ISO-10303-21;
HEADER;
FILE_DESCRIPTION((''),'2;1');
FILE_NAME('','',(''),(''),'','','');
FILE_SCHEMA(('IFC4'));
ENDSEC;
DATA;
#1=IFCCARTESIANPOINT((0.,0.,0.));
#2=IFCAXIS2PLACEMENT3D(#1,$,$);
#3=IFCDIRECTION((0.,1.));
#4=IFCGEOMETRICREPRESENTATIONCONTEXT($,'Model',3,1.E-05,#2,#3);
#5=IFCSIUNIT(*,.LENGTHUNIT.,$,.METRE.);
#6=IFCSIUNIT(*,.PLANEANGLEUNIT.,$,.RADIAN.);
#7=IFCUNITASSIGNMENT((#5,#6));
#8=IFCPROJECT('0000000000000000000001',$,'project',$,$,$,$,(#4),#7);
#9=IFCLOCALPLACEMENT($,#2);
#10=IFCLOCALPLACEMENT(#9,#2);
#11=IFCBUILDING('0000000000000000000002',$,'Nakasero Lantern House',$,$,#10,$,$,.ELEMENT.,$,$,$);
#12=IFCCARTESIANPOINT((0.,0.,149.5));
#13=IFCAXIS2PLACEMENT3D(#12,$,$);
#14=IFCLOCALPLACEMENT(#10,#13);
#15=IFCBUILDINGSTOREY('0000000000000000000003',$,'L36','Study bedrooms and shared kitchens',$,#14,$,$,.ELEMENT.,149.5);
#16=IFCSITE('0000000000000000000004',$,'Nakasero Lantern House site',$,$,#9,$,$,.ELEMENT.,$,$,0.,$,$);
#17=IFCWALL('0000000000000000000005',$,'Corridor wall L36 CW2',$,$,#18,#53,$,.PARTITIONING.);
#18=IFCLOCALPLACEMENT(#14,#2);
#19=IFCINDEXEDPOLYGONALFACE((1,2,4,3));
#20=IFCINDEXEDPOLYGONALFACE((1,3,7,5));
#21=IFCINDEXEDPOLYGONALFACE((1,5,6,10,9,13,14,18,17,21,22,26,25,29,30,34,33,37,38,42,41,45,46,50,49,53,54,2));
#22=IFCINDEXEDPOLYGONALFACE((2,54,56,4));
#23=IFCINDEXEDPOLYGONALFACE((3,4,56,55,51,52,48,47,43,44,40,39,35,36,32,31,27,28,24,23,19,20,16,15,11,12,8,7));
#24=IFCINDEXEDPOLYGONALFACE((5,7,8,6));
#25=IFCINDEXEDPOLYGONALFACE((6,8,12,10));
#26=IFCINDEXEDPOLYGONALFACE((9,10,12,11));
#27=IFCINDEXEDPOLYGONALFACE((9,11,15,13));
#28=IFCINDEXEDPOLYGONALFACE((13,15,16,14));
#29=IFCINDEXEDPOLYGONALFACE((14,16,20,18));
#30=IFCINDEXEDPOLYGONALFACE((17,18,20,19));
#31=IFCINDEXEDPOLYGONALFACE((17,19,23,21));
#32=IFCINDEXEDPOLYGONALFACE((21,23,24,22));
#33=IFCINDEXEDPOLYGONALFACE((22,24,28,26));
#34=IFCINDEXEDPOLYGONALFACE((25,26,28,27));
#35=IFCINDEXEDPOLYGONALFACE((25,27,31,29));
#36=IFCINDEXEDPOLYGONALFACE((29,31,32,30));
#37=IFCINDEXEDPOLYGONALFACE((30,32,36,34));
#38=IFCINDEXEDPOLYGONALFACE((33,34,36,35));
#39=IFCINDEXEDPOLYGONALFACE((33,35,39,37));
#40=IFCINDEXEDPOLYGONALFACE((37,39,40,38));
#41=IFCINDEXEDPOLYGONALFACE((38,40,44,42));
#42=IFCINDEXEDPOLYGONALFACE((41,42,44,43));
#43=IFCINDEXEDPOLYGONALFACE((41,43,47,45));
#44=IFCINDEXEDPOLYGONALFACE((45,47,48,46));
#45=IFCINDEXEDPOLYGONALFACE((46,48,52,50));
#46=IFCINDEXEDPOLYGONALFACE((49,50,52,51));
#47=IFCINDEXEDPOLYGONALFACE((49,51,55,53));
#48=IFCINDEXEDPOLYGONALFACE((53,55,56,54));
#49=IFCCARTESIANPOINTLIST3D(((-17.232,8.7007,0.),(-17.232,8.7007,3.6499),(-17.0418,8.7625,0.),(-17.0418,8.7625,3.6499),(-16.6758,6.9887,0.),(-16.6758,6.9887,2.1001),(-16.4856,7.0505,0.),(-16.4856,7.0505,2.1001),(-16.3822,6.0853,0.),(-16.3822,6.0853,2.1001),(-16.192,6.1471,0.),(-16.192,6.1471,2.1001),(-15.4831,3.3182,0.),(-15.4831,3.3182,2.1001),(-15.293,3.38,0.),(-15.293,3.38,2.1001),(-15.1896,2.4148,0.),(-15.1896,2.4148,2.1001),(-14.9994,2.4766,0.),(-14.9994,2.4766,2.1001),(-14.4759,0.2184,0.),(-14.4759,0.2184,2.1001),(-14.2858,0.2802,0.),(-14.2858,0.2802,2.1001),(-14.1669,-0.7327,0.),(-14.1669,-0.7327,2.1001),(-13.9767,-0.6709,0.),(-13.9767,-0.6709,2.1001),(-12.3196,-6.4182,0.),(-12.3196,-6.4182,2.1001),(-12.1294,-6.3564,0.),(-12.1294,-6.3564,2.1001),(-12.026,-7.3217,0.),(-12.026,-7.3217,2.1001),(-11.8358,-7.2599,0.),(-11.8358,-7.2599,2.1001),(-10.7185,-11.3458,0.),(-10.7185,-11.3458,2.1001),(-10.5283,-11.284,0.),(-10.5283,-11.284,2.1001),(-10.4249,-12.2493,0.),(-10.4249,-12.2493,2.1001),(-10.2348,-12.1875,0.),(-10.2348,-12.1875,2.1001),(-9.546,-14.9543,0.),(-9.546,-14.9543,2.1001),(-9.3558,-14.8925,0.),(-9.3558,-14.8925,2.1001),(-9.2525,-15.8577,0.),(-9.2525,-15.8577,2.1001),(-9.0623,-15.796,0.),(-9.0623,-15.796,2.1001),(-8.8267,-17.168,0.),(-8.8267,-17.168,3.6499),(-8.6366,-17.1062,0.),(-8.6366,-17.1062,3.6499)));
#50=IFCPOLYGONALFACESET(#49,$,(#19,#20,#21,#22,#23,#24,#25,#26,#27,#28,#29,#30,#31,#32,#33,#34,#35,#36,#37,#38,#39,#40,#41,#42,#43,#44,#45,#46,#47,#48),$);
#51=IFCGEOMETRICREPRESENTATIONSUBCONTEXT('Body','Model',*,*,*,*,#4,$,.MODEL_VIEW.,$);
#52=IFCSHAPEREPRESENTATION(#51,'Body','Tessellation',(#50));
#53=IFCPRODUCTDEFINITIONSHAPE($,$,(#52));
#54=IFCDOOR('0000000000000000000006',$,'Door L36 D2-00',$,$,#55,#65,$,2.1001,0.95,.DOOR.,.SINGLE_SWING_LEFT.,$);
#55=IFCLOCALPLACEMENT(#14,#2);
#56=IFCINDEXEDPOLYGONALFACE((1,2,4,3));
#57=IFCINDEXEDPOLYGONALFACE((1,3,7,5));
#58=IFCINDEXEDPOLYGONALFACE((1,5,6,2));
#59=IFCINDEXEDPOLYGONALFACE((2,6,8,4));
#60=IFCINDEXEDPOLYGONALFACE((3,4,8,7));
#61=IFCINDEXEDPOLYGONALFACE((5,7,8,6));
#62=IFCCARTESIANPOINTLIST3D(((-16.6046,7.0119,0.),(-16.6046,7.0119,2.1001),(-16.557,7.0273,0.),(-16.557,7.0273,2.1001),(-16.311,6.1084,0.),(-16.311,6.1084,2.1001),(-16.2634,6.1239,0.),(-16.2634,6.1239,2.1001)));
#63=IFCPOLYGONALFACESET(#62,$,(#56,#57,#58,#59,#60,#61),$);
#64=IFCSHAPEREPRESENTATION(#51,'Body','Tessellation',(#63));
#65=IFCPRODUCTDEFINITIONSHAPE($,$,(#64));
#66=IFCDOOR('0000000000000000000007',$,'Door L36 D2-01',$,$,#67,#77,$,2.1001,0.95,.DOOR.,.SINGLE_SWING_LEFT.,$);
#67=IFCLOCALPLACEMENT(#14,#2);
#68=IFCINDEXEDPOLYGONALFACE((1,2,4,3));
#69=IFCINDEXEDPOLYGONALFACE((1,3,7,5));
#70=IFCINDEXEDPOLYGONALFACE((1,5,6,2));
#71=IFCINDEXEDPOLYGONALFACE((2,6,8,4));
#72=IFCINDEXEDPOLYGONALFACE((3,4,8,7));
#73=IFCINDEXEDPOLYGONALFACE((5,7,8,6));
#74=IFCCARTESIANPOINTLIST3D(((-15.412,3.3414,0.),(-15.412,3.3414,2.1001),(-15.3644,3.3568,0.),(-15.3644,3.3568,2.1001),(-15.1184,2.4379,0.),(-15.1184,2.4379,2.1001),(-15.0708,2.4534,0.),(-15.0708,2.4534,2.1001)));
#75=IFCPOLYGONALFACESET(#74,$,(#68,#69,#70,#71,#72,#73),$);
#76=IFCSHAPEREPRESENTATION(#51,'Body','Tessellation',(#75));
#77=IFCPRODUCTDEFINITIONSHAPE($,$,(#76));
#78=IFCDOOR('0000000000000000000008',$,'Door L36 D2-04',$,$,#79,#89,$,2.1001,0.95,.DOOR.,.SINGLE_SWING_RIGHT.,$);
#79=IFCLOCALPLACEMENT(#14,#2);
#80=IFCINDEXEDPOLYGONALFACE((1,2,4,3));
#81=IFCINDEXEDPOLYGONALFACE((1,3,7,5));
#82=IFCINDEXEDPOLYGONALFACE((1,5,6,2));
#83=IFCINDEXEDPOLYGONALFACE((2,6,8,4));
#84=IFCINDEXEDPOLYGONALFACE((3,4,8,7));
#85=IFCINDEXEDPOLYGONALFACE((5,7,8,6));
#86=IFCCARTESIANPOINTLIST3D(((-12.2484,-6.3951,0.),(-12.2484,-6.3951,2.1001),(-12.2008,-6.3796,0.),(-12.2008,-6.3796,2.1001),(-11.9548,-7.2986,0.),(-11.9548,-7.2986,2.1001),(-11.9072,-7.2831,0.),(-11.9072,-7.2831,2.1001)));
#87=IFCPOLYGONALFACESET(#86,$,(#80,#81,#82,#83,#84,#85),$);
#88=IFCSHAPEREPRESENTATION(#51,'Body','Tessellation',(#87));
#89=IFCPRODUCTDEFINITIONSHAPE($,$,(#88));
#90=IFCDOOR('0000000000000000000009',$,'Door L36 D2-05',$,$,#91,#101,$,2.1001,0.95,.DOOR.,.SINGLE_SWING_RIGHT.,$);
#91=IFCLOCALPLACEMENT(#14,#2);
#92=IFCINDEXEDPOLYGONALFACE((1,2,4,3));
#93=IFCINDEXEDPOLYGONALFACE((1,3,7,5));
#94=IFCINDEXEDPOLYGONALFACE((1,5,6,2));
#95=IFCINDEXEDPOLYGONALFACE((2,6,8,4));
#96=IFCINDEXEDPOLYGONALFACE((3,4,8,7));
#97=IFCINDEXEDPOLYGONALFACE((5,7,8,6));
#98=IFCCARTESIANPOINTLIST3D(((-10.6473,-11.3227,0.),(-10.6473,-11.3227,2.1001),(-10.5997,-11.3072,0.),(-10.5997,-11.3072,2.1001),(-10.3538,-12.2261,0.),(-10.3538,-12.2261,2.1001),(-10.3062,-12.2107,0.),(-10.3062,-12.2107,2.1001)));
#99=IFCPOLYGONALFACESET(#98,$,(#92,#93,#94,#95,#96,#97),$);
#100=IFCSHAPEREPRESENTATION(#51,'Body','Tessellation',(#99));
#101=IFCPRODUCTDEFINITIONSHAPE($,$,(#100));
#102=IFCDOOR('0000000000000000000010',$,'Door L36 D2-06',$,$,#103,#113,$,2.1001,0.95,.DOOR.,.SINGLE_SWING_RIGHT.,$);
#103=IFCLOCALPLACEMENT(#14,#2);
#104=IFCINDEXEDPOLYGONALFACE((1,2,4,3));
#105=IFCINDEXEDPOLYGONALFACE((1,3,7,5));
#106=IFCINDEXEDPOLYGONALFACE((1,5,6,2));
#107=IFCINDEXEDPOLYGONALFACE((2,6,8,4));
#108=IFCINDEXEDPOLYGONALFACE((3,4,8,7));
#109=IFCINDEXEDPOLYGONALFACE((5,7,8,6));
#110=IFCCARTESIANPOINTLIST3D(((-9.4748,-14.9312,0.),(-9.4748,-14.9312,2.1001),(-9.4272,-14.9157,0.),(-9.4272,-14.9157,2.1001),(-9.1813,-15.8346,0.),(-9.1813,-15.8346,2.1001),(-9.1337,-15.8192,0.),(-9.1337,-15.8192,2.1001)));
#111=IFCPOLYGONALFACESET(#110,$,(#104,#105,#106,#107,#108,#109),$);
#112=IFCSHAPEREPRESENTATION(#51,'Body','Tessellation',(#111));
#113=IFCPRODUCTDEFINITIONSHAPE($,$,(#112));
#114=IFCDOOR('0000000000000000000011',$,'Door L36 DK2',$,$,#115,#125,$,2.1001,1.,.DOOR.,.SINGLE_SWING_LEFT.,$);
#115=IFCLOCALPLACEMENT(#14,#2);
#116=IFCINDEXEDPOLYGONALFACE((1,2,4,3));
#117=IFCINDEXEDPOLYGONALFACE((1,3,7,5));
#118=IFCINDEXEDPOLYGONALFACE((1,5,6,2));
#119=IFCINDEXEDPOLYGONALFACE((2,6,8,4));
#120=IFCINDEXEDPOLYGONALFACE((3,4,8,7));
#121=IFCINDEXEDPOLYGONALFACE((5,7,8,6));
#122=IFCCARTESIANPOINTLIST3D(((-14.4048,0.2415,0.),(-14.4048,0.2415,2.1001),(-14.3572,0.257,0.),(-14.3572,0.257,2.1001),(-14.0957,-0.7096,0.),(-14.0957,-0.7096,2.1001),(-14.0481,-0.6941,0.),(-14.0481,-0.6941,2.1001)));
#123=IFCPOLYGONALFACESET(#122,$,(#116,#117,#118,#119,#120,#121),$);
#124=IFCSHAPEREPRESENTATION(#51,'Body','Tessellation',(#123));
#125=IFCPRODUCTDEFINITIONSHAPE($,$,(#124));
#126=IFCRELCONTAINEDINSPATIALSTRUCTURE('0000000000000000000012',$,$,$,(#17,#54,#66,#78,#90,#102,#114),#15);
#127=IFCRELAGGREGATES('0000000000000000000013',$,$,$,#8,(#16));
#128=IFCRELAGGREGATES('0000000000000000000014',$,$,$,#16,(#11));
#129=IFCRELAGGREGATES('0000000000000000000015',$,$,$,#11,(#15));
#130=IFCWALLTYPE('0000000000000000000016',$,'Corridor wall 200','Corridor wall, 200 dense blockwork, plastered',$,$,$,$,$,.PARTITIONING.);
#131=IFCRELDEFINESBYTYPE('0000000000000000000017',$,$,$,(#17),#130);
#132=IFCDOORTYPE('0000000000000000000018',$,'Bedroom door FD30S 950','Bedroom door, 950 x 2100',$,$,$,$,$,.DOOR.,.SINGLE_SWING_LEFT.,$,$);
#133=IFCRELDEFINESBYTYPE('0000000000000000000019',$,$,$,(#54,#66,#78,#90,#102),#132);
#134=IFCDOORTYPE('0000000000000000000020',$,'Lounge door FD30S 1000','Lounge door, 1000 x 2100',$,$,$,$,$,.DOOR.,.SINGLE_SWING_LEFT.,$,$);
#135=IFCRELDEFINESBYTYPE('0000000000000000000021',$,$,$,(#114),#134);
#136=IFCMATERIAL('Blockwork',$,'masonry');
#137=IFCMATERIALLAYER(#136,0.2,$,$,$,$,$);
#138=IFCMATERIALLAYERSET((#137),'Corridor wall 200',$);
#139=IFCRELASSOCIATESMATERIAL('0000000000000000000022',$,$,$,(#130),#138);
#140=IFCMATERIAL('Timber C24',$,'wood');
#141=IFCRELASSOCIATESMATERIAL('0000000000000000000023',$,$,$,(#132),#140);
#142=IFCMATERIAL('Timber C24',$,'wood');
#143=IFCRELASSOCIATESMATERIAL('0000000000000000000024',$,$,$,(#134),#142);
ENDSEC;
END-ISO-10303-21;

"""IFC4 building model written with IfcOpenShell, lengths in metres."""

from ifc_helpers import new_model, si_unit, direction, frame, frame_2d, origin, place, context, subcontext, project, spatial, rectangle, extrude, material, layer, layer_set, type_object, element, fill, save


model = new_model("IFC4")

# Units and contexts
model_context = context("Model", 3, precision=1e-05, world=origin(), true_north=direction((0.0, 1.0)))
body_context = subcontext(model_context, "Body", "Model", "MODEL_VIEW")
ifc_project = project(units=[si_unit("LENGTHUNIT", "METRE"), si_unit("PLANEANGLEUNIT", "RADIAN")], contexts=[model_context])

# Site, building, storey
site_placement = place(None, origin())
site = spatial("IfcSite", under=ifc_project, at=site_placement, Name="Nakasero Lantern House site", CompositionType="ELEMENT", RefElevation=0.0)
building_placement = place(site_placement, origin())
building = spatial("IfcBuilding", under=site, at=building_placement, Name="Nakasero Lantern House", CompositionType="ELEMENT")
storey_placement = place(building_placement, frame((0.0, 0.0, 149.5)))
storey = spatial("IfcBuildingStorey", under=building, at=storey_placement, Name="L36", Description="Study bedrooms and shared kitchens", CompositionType="ELEMENT", Elevation=149.5)

# Wall, openings, doors
ifc_material_1 = material(Name="Blockwork", Category="masonry")
ifc_layer_1 = layer(ifc_material_1, 0.2)
ifc_layer_set_1 = layer_set([ifc_layer_1], Name="Corridor wall 200")
wall_type_1 = type_object("IfcWallType", Name="Corridor wall 200", Description="Corridor wall, 200 dense blockwork, plastered", PredefinedType="PARTITIONING", material=ifc_layer_set_1)
wall_1_placement = place(storey_placement, frame((-17.137, 8.7317, 0.0), z_axis=(0.0, 0.0, 1.0), x_axis=(0.309018, -0.951056, 0.0)))
wall_1 = element("IfcWall", 1, at=wall_1_placement, inside=storey, type_object=wall_type_1, Name="Corridor wall L36 CW2", PredefinedType="PARTITIONING", context=body_context, shape_type="SweptSolid", body=[
    extrude(rectangle(XDim=27.2, YDim=0.2, at=frame_2d((13.6001, 0.0))), origin(), (0.0, 0.0, 1.0), 3.6499),
])
opening_1_placement = place(wall_1_placement, frame((1.8, 0.0, 0.0)))
opening_1 = element("IfcOpeningElement", 2, at=opening_1_placement, cuts=wall_1, PredefinedType="OPENING", context=body_context, shape_type="SweptSolid", body=[
    extrude(rectangle(XDim=0.95, YDim=2.1001, at=frame_2d((0.4751, 1.05))), frame((0.0, 0.1199, 0.0), z_axis=(0.0, -1.0, 0.0), x_axis=(1.0, 0.0, 0.0)), (0.0, 0.0, 1.0), 0.24),
])
opening_2_placement = place(wall_1_placement, frame((5.6594, 0.0, 0.0)))
opening_2 = element("IfcOpeningElement", 3, at=opening_2_placement, cuts=wall_1, PredefinedType="OPENING", context=body_context, shape_type="SweptSolid", body=[
    extrude(rectangle(XDim=0.95, YDim=2.1001, at=frame_2d((0.4751, 1.05))), frame((0.0, 0.1199, 0.0), z_axis=(0.0, -1.0, 0.0), x_axis=(1.0, 0.0, 0.0)), (0.0, 0.0, 1.0), 0.24),
])
opening_3_placement = place(wall_1_placement, frame((15.897, 0.0, 0.0)))
opening_3 = element("IfcOpeningElement", 4, at=opening_3_placement, cuts=wall_1, PredefinedType="OPENING", context=body_context, shape_type="SweptSolid", body=[
    extrude(rectangle(XDim=0.95, YDim=2.1001, at=frame_2d((0.4751, 1.05))), frame((0.0, 0.1199, 0.0), z_axis=(0.0, -1.0, 0.0), x_axis=(1.0, 0.0, 0.0)), (0.0, 0.0, 1.0), 0.24),
])
opening_4_placement = place(wall_1_placement, frame((21.0781, 0.0, 0.0)))
opening_4 = element("IfcOpeningElement", 5, at=opening_4_placement, cuts=wall_1, PredefinedType="OPENING", context=body_context, shape_type="SweptSolid", body=[
    extrude(rectangle(XDim=0.95, YDim=2.1001, at=frame_2d((0.4751, 1.05))), frame((0.0, 0.1199, 0.0), z_axis=(0.0, -1.0, 0.0), x_axis=(1.0, 0.0, 0.0)), (0.0, 0.0, 1.0), 0.24),
])
opening_5_placement = place(wall_1_placement, frame((24.8723, 0.0, 0.0)))
opening_5 = element("IfcOpeningElement", 6, at=opening_5_placement, cuts=wall_1, PredefinedType="OPENING", context=body_context, shape_type="SweptSolid", body=[
    extrude(rectangle(XDim=0.95, YDim=2.1001, at=frame_2d((0.4751, 1.05))), frame((0.0, 0.1199, 0.0), z_axis=(0.0, -1.0, 0.0), x_axis=(1.0, 0.0, 0.0)), (0.0, 0.0, 1.0), 0.24),
])
opening_6_placement = place(wall_1_placement, frame((8.9189, 0.0, 0.0)))
opening_6 = element("IfcOpeningElement", 7, at=opening_6_placement, cuts=wall_1, PredefinedType="OPENING", context=body_context, shape_type="SweptSolid", body=[
    extrude(rectangle(XDim=1.0, YDim=2.1001, at=frame_2d((0.5, 1.05))), frame((0.0, 0.1199, 0.0), z_axis=(0.0, -1.0, 0.0), x_axis=(1.0, 0.0, 0.0)), (0.0, 0.0, 1.0), 0.24),
])
ifc_material_2 = material(Name="Timber C24", Category="wood")
door_type_1 = type_object("IfcDoorType", Name="Bedroom door FD30S 950", Description="Bedroom door, 950 x 2100", OperationType="SINGLE_SWING_LEFT", PredefinedType="DOOR", material=ifc_material_2)
door_1_placement = place(opening_1_placement, origin())
door_1 = element("IfcDoor", 8, at=door_1_placement, inside=storey, type_object=door_type_1, Name="Door L36 D2-00", OperationType="SINGLE_SWING_LEFT", OverallHeight=2.1001, OverallWidth=0.95, PredefinedType="DOOR", context=body_context, shape_type="SweptSolid", body=[
    extrude(rectangle(XDim=0.95, YDim=2.1001, at=frame_2d((0.4751, 1.05))), frame((0.0, 0.0249, 0.0), z_axis=(0.0, -1.0, 0.0), x_axis=(1.0, 0.0, 0.0)), (0.0, 0.0, 1.0), 0.05),
])
fill(opening_1, door_1)
door_2_placement = place(opening_2_placement, origin())
door_2 = element("IfcDoor", 9, at=door_2_placement, inside=storey, type_object=door_type_1, Name="Door L36 D2-01", OperationType="SINGLE_SWING_LEFT", OverallHeight=2.1001, OverallWidth=0.95, PredefinedType="DOOR", context=body_context, shape_type="SweptSolid", body=[
    extrude(rectangle(XDim=0.95, YDim=2.1001, at=frame_2d((0.4751, 1.05))), frame((0.0, 0.0249, 0.0), z_axis=(0.0, -1.0, 0.0), x_axis=(1.0, 0.0, 0.0)), (0.0, 0.0, 1.0), 0.05),
])
fill(opening_2, door_2)
door_3_placement = place(opening_3_placement, origin())
door_3 = element("IfcDoor", 10, at=door_3_placement, inside=storey, type_object=door_type_1, Name="Door L36 D2-04", OperationType="SINGLE_SWING_RIGHT", OverallHeight=2.1001, OverallWidth=0.95, PredefinedType="DOOR", context=body_context, shape_type="SweptSolid", body=[
    extrude(rectangle(XDim=0.95, YDim=2.1001, at=frame_2d((0.4751, 1.05))), frame((0.0, 0.0249, 0.0), z_axis=(0.0, -1.0, 0.0), x_axis=(1.0, 0.0, 0.0)), (0.0, 0.0, 1.0), 0.05),
])
fill(opening_3, door_3)
door_4_placement = place(opening_4_placement, origin())
door_4 = element("IfcDoor", 11, at=door_4_placement, inside=storey, type_object=door_type_1, Name="Door L36 D2-05", OperationType="SINGLE_SWING_RIGHT", OverallHeight=2.1001, OverallWidth=0.95, PredefinedType="DOOR", context=body_context, shape_type="SweptSolid", body=[
    extrude(rectangle(XDim=0.95, YDim=2.1001, at=frame_2d((0.4751, 1.05))), frame((0.0, 0.0249, 0.0), z_axis=(0.0, -1.0, 0.0), x_axis=(1.0, 0.0, 0.0)), (0.0, 0.0, 1.0), 0.05),
])
fill(opening_4, door_4)
door_5_placement = place(opening_5_placement, origin())
door_5 = element("IfcDoor", 12, at=door_5_placement, inside=storey, type_object=door_type_1, Name="Door L36 D2-06", OperationType="SINGLE_SWING_RIGHT", OverallHeight=2.1001, OverallWidth=0.95, PredefinedType="DOOR", context=body_context, shape_type="SweptSolid", body=[
    extrude(rectangle(XDim=0.95, YDim=2.1001, at=frame_2d((0.4751, 1.05))), frame((0.0, 0.0249, 0.0), z_axis=(0.0, -1.0, 0.0), x_axis=(1.0, 0.0, 0.0)), (0.0, 0.0, 1.0), 0.05),
])
fill(opening_5, door_5)
ifc_material_3 = material(Name="Timber C24", Category="wood")
door_type_2 = type_object("IfcDoorType", Name="Lounge door FD30S 1000", Description="Lounge door, 1000 x 2100", OperationType="SINGLE_SWING_LEFT", PredefinedType="DOOR", material=ifc_material_3)
door_6_placement = place(opening_6_placement, origin())
door_6 = element("IfcDoor", 13, at=door_6_placement, inside=storey, type_object=door_type_2, Name="Door L36 DK2", OperationType="SINGLE_SWING_LEFT", OverallHeight=2.1001, OverallWidth=1.0, PredefinedType="DOOR", context=body_context, shape_type="SweptSolid", body=[
    extrude(rectangle(XDim=1.0, YDim=2.1001, at=frame_2d((0.5, 1.05))), frame((0.0, 0.0249, 0.0), z_axis=(0.0, -1.0, 0.0), x_axis=(1.0, 0.0, 0.0)), (0.0, 0.0, 1.0), 0.05),
])
fill(opening_6, door_6)

save(model, "model.ifc")
